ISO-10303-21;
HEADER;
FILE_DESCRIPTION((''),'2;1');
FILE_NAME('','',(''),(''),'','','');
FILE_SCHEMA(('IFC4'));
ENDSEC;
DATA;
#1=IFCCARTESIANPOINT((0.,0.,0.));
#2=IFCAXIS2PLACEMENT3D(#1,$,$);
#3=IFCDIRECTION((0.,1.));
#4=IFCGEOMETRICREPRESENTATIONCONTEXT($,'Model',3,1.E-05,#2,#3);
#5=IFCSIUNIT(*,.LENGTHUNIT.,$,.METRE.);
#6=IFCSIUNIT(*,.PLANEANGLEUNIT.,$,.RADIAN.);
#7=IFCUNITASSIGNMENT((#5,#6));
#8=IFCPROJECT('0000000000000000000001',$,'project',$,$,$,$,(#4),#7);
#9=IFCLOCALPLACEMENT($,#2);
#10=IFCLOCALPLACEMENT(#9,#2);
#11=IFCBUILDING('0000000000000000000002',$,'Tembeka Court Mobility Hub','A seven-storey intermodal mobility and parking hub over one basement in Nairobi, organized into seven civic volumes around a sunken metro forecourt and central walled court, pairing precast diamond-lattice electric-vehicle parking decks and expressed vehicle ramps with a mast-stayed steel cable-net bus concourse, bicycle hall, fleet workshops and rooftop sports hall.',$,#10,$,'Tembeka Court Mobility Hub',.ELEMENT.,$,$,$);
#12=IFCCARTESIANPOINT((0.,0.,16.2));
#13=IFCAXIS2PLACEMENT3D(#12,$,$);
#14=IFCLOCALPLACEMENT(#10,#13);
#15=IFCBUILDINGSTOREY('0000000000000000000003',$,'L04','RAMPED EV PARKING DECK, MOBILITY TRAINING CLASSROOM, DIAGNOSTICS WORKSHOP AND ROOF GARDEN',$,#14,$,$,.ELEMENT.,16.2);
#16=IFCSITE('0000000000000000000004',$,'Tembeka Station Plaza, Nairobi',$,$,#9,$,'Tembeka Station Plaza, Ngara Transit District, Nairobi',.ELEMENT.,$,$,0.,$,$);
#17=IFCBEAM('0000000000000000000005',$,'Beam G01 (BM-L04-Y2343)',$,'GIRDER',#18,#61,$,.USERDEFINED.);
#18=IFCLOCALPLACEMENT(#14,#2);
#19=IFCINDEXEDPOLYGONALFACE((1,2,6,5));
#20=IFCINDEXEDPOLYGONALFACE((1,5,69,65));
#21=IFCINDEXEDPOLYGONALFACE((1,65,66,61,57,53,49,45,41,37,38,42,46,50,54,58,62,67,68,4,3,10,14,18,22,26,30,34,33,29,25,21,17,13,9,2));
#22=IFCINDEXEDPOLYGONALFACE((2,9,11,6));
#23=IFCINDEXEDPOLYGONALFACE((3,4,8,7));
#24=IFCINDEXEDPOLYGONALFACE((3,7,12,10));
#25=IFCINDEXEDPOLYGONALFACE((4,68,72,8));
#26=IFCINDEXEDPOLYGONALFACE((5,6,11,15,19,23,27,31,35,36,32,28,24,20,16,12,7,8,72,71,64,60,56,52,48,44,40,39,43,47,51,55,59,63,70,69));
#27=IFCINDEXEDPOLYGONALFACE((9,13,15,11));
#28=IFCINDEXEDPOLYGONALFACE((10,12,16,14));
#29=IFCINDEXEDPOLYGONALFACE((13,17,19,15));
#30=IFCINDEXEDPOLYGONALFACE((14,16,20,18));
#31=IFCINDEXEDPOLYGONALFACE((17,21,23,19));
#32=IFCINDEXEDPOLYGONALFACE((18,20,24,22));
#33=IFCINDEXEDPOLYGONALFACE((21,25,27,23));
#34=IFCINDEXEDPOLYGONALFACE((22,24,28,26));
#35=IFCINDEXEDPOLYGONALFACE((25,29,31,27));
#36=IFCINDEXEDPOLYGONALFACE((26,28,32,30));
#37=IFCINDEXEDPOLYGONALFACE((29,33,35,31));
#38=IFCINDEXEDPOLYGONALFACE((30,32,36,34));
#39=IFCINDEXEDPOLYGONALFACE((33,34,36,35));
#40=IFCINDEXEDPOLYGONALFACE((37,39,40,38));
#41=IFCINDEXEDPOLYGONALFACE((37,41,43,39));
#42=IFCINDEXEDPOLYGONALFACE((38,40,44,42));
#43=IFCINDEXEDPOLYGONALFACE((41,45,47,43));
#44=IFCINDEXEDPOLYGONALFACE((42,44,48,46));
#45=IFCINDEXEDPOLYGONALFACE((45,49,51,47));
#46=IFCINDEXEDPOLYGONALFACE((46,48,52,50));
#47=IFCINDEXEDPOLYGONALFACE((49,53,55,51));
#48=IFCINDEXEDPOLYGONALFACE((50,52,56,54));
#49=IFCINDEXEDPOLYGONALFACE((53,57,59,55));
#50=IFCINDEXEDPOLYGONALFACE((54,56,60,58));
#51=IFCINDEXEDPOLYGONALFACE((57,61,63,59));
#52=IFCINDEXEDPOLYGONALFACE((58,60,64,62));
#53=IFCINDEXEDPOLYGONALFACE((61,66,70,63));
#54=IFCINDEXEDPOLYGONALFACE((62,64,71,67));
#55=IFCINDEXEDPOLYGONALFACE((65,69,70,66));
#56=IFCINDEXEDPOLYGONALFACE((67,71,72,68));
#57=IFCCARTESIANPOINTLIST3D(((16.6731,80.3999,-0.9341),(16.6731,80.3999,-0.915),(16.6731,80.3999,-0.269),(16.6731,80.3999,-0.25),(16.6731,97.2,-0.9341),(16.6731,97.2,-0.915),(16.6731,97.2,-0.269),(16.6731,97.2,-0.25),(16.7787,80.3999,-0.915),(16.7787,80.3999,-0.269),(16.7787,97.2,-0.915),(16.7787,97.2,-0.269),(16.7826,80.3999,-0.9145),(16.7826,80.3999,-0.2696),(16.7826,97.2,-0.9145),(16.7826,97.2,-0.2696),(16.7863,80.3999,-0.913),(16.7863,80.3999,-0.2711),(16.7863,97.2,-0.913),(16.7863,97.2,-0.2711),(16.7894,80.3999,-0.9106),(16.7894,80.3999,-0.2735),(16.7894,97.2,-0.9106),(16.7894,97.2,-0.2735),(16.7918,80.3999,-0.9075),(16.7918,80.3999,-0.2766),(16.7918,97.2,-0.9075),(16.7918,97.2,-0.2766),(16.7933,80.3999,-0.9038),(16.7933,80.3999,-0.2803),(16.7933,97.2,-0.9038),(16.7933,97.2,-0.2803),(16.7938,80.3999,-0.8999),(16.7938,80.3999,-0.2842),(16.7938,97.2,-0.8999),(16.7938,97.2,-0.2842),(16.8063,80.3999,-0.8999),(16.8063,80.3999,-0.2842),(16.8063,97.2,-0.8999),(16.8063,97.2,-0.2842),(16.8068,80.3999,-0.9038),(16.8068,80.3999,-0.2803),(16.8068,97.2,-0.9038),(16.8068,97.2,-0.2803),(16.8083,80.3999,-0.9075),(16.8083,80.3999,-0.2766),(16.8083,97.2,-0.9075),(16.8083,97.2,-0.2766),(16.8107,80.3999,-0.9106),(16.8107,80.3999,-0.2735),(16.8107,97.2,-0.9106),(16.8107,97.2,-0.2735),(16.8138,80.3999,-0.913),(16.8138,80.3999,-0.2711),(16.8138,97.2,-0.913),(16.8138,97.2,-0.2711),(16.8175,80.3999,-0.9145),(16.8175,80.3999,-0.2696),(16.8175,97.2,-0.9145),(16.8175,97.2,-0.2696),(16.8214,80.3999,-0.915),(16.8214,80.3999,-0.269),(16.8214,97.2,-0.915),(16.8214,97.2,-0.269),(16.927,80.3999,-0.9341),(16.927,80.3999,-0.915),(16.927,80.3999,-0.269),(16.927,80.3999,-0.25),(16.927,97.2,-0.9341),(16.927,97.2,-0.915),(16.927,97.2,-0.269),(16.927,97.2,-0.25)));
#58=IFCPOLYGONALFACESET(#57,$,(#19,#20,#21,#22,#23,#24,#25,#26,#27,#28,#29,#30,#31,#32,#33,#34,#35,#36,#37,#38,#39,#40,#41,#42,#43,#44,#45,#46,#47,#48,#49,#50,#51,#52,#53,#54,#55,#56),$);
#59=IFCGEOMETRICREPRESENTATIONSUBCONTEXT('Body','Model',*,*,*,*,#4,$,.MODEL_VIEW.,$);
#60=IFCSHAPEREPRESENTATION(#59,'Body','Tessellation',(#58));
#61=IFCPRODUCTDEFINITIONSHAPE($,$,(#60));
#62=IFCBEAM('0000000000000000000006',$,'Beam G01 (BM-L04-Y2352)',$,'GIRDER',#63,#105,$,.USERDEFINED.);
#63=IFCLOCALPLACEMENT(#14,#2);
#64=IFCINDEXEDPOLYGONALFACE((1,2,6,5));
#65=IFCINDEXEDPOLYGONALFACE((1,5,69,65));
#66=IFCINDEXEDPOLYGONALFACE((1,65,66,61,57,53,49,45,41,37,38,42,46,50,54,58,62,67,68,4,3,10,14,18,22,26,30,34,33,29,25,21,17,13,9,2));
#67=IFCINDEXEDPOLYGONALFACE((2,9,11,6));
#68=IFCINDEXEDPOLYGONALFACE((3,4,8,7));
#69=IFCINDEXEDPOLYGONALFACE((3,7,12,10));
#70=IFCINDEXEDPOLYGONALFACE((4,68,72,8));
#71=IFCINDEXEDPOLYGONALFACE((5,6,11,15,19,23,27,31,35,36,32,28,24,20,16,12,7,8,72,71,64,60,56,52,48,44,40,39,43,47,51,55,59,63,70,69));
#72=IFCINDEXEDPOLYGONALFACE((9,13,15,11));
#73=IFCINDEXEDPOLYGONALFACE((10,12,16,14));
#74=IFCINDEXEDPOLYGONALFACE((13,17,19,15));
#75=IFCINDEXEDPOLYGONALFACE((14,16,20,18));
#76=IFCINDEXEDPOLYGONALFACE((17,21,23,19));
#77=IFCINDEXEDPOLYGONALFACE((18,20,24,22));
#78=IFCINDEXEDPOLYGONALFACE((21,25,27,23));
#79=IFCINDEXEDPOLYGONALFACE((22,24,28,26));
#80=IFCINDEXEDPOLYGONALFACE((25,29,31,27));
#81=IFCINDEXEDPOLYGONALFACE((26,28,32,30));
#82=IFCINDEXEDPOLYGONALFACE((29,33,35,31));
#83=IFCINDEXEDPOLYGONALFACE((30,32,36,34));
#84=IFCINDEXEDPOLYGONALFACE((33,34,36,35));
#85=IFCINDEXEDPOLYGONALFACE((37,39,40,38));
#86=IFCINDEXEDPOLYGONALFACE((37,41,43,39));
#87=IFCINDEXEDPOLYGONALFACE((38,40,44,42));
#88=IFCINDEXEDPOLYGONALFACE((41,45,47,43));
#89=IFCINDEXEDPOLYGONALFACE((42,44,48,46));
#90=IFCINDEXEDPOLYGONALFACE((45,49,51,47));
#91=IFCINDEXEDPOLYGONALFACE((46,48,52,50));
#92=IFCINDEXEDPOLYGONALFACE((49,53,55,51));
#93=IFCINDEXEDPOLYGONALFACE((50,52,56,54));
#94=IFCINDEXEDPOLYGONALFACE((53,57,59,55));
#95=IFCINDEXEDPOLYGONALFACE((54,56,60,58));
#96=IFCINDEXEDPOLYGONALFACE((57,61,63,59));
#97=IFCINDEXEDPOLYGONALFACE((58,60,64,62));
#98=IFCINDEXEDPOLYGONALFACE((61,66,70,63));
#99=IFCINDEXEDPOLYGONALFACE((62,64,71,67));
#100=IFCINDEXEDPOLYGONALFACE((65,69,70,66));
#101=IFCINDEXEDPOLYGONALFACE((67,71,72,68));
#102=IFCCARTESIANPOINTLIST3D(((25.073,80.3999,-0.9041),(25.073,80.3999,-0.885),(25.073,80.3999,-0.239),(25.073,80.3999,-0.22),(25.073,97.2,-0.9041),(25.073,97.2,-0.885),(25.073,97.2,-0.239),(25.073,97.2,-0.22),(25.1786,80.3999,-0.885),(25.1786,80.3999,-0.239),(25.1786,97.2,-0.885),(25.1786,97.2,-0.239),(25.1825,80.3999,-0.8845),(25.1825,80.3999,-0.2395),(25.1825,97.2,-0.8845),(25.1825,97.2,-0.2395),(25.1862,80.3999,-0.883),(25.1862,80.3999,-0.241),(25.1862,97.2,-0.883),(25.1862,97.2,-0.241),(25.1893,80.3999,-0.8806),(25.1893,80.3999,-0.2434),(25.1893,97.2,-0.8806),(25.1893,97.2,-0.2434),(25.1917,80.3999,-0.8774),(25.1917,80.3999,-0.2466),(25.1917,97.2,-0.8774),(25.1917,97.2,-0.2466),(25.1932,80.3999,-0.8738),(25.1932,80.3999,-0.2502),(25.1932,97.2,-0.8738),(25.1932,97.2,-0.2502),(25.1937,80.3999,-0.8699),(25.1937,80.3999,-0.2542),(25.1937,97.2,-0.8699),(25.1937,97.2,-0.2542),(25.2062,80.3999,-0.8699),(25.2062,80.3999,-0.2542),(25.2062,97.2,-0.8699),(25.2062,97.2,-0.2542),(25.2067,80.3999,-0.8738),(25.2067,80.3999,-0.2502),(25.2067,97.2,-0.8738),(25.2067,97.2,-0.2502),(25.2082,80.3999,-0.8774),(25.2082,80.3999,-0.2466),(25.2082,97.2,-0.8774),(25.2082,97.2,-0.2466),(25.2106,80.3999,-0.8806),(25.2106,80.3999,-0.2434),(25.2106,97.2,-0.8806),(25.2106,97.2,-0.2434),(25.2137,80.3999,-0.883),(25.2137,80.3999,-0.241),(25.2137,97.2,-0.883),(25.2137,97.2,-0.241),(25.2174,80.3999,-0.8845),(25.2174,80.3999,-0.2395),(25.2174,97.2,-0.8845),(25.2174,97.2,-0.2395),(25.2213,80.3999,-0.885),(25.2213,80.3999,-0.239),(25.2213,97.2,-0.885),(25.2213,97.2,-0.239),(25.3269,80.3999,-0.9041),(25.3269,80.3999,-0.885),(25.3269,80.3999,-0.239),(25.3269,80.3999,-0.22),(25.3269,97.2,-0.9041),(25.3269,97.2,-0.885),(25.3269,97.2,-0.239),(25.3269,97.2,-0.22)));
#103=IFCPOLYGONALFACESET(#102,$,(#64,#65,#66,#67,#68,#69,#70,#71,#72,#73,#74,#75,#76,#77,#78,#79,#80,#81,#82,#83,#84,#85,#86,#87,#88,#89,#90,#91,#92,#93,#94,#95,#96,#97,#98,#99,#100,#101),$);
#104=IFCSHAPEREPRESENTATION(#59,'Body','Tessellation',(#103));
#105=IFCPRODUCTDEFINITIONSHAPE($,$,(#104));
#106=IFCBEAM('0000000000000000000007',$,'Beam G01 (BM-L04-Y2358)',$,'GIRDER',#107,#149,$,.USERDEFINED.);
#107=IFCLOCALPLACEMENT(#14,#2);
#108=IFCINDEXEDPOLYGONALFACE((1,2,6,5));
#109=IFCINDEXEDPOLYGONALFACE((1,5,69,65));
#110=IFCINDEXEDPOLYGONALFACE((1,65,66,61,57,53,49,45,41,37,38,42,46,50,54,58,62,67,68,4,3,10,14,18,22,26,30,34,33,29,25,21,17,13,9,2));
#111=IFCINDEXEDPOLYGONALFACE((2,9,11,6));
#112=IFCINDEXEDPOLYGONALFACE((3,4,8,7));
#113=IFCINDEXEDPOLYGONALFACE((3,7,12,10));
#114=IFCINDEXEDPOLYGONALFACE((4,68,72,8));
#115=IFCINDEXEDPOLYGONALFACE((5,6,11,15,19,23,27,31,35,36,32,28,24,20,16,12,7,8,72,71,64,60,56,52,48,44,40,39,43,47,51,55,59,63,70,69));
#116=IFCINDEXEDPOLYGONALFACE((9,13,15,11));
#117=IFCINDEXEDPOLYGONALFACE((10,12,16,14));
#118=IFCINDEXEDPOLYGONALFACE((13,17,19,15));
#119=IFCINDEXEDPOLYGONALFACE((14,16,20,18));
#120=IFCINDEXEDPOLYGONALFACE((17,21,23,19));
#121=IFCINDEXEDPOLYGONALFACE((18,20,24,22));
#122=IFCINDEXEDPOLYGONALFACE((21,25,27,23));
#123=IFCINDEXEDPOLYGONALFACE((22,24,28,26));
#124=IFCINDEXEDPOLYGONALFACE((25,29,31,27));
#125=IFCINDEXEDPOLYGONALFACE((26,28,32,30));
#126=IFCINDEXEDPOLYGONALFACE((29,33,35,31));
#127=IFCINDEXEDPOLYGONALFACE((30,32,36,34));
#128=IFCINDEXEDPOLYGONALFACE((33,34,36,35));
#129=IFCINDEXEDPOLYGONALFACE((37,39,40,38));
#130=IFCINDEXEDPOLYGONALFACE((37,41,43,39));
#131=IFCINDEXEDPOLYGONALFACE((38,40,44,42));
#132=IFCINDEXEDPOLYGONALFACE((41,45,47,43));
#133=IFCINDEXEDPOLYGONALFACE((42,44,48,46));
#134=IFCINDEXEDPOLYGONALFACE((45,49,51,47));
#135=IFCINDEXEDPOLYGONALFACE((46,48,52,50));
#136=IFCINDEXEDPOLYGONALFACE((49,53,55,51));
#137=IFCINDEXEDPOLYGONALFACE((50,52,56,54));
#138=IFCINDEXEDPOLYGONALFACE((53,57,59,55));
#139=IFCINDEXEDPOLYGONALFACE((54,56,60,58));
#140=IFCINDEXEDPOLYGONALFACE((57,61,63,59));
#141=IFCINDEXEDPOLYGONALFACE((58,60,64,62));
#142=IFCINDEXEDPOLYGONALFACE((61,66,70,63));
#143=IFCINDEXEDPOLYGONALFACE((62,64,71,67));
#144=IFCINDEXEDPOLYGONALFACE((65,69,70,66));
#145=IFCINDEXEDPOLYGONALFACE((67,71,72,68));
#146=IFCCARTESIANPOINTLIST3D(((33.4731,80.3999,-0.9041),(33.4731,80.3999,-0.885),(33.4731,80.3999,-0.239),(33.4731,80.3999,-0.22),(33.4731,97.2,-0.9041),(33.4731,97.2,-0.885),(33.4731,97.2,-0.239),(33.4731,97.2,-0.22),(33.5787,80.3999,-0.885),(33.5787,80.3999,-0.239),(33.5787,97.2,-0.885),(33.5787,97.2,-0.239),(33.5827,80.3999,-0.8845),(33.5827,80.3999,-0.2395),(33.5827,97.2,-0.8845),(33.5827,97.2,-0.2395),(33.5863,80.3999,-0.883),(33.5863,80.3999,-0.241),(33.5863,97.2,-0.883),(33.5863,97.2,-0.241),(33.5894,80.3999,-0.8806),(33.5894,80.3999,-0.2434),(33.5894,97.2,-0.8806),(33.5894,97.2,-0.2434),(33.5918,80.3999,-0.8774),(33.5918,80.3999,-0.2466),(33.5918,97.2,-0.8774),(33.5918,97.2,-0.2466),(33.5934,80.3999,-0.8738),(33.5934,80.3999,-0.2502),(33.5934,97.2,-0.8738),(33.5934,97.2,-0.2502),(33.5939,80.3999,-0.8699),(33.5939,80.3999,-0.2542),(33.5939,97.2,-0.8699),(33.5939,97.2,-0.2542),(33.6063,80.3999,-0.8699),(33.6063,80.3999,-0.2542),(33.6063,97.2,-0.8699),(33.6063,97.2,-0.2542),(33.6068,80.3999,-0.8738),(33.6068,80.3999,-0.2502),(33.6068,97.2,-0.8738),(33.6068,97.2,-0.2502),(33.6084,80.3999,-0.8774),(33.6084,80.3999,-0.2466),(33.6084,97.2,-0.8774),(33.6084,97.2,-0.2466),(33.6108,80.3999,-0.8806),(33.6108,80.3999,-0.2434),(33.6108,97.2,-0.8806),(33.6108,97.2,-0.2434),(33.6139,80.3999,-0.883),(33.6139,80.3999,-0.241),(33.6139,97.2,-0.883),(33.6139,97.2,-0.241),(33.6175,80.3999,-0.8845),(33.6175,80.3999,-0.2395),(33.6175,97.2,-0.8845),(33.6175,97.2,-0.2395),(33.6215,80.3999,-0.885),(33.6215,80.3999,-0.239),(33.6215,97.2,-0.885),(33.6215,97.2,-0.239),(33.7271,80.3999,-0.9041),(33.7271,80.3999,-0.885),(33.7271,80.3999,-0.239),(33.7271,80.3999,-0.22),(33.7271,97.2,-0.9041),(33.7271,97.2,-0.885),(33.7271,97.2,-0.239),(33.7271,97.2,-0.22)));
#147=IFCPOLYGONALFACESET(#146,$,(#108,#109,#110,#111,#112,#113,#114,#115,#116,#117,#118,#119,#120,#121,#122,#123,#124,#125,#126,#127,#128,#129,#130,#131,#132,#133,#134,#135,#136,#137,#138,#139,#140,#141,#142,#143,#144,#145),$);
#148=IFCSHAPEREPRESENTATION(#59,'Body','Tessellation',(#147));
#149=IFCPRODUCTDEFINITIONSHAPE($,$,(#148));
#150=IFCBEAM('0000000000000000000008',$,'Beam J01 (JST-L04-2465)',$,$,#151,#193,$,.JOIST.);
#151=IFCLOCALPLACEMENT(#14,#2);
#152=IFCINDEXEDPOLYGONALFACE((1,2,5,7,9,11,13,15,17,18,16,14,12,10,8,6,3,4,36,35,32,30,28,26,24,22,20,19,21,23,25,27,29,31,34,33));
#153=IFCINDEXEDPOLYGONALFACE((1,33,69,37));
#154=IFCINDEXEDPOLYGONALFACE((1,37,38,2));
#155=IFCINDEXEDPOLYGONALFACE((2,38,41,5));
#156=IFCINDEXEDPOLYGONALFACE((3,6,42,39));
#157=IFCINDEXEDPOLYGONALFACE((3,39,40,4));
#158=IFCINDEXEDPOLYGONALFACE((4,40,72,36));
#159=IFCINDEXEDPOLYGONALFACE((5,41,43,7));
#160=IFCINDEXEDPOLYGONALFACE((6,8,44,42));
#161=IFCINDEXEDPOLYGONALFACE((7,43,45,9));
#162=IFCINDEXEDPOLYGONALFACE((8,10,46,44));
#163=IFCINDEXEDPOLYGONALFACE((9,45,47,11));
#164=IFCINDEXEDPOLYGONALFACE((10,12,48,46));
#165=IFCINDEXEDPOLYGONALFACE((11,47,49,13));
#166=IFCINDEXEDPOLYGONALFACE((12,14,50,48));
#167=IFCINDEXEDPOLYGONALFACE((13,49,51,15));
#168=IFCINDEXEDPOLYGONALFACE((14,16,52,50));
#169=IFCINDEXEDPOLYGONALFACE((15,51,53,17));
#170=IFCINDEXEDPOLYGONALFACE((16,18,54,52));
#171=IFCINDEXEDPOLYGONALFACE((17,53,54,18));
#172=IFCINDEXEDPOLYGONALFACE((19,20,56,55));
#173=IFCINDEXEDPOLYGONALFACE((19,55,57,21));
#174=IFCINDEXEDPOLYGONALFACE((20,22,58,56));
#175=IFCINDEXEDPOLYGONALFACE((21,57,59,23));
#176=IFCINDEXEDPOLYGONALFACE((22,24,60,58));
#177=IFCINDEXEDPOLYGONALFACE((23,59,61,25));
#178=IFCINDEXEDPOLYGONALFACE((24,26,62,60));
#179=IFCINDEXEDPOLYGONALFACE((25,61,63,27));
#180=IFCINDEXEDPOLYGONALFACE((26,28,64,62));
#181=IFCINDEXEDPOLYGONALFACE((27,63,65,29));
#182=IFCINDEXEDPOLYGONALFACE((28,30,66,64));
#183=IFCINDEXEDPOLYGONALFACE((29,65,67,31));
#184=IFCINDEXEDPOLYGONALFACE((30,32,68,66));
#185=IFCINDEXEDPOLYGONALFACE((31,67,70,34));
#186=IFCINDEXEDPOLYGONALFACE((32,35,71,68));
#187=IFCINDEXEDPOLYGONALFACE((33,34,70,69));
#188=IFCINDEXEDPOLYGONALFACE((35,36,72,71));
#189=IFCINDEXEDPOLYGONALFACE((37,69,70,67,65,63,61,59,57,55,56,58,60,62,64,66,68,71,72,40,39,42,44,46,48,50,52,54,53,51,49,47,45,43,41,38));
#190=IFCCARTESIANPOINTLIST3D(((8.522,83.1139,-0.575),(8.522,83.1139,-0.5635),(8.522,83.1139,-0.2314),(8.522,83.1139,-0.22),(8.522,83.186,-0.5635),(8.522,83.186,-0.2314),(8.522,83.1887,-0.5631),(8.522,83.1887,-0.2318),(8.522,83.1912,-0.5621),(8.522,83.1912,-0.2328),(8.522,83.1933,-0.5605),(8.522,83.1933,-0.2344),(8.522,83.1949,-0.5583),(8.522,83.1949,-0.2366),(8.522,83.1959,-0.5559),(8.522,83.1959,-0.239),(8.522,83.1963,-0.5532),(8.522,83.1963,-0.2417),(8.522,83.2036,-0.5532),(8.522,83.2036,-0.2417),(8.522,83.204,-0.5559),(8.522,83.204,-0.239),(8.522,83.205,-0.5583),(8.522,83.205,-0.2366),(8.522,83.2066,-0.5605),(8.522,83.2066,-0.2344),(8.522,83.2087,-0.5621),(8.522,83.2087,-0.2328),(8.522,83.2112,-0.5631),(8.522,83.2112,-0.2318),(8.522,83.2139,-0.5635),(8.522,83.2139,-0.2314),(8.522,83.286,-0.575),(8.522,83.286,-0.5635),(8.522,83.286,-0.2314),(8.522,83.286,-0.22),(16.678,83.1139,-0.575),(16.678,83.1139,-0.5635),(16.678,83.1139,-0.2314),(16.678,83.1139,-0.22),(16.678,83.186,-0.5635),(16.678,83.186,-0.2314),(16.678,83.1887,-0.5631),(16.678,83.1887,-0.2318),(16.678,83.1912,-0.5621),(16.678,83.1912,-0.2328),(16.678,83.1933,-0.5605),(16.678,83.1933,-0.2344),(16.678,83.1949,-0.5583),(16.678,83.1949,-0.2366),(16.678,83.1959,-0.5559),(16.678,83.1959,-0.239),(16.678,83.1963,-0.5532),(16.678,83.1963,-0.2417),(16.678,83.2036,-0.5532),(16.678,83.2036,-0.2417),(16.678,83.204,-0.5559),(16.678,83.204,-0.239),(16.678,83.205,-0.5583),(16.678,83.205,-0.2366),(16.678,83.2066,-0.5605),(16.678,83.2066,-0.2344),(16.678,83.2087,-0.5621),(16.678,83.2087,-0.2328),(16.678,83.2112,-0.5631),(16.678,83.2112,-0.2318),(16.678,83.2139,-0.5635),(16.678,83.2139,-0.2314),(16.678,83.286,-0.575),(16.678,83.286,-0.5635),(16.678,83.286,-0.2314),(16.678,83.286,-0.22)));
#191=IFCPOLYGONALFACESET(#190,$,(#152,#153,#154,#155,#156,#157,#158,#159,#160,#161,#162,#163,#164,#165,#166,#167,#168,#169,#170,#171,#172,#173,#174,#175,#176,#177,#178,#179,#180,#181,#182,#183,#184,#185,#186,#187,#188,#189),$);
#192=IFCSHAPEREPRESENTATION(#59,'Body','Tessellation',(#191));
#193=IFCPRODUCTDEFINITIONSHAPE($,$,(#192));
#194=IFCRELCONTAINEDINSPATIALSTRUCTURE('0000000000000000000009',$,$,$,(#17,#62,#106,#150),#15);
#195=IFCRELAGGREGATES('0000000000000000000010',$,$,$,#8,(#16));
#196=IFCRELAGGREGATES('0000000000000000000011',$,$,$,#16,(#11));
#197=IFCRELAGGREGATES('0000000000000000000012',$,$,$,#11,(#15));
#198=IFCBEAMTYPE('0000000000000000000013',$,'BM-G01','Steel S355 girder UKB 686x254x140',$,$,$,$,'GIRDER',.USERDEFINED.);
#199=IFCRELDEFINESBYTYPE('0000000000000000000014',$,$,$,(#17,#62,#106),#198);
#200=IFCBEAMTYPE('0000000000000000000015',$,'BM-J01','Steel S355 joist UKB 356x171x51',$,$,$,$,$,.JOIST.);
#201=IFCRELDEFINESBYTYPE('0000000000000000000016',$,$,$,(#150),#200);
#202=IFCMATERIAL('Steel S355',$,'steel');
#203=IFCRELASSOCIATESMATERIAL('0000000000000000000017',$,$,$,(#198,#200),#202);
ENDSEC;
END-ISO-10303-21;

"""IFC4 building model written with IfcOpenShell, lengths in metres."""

from ifc_helpers import new_model, si_unit, direction, frame, origin, origin_2d, place, context, subcontext, project, spatial, i_section, extrude, material, material_profile, profile_set, type_object, element, save


model = new_model("IFC4")

# Units and contexts
model_context = context("Model", 3, precision=1e-05, world=origin(), true_north=direction((0.0, 1.0)))
body_context = subcontext(model_context, "Body", "Model", "MODEL_VIEW")
ifc_project = project(units=[si_unit("LENGTHUNIT", "METRE"), si_unit("PLANEANGLEUNIT", "RADIAN")], contexts=[model_context])

# Site, building, storey
site_placement = place(None, origin())
site = spatial("IfcSite", under=ifc_project, at=site_placement, Name="Tembeka Station Plaza, Nairobi", LongName="Tembeka Station Plaza, Ngara Transit District, Nairobi", CompositionType="ELEMENT", RefElevation=0.0)
building_placement = place(site_placement, origin())
building = spatial("IfcBuilding", under=site, at=building_placement, Name="Tembeka Court Mobility Hub", Description="A seven-storey intermodal mobility and parking hub over one basement in Nairobi, organized into seven civic volumes around a sunken metro forecourt and central walled court, pairing precast diamond-lattice electric-vehicle parking decks and expressed vehicle ramps with a mast-stayed steel cable-net bus concourse, bicycle hall, fleet workshops and rooftop sports hall.", LongName="Tembeka Court Mobility Hub", CompositionType="ELEMENT")
storey_placement = place(building_placement, frame((0.0, 0.0, 16.2)))
storey = spatial("IfcBuildingStorey", under=building, at=storey_placement, Name="L04", Description="RAMPED EV PARKING DECK, MOBILITY TRAINING CLASSROOM, DIAGNOSTICS WORKSHOP AND ROOF GARDEN", CompositionType="ELEMENT", Elevation=16.2)

# Shared definitions
ifc_material = material(Name="Steel S355", Category="steel")

# Beams
ifc_material_profile_1 = material_profile(ifc_material, i_section(OverallWidth=0.2539, OverallDepth=0.6841, WebThickness=0.0125, FlangeThickness=0.019, FilletRadius=0.0151, at=origin_2d()), Name="UKB 686x254x140")
ifc_profile_set_1 = profile_set([ifc_material_profile_1], Name="Steel S355")
beam_type_1 = type_object("IfcBeamType", Name="BM-G01", Description="Steel S355 girder UKB 686x254x140", ElementType="GIRDER", PredefinedType="USERDEFINED", material=ifc_profile_set_1)
for number, where, z_axis, x_axis, name in (
    (1, (16.8, 80.3999, -0.592), (0.0, 1.0, 0.0), (-1.0, 0.0, 0.0), "Beam G01 (BM-L04-Y2343)"),
    (2, (25.2, 80.3999, -0.562), (0.0, 1.0, 0.0), (-1.0, 0.0, 0.0), "Beam G01 (BM-L04-Y2352)"),
    (3, (33.6001, 80.3999, -0.562), (0.0, 1.0, 0.0), (-1.0, 0.0, 0.0), "Beam G01 (BM-L04-Y2358)"),
):
    element("IfcBeam", number, at=place(storey_placement, frame(where, z_axis=z_axis, x_axis=x_axis)), inside=storey, type_object=beam_type_1, Name=name, ObjectType="GIRDER", PredefinedType="USERDEFINED", context=body_context, shape_type="SweptSolid", body=[
        extrude(i_section(OverallWidth=0.2539, OverallDepth=0.6841, WebThickness=0.0125, FlangeThickness=0.019, FilletRadius=0.0151, at=origin_2d()), origin(), (0.0, 0.0, 1.0), 16.8),
    ])
ifc_material_profile_2 = material_profile(ifc_material, i_section(OverallWidth=0.1721, OverallDepth=0.355, WebThickness=0.0073, FlangeThickness=0.0115, FilletRadius=0.0103, at=origin_2d()), Name="UKB 356x171x51")
ifc_profile_set_2 = profile_set([ifc_material_profile_2], Name="Steel S355")
beam_type_2 = type_object("IfcBeamType", Name="BM-J01", Description="Steel S355 joist UKB 356x171x51", PredefinedType="JOIST", material=ifc_profile_set_2)
for number, where, z_axis, x_axis, name in (
    (4, (8.522, 83.2, -0.3975), (1.0, 0.0, 0.0), (0.0, 1.0, 0.0), "Beam J01 (JST-L04-2465)"),
):
    element("IfcBeam", number, at=place(storey_placement, frame(where, z_axis=z_axis, x_axis=x_axis)), inside=storey, type_object=beam_type_2, Name=name, PredefinedType="JOIST", context=body_context, shape_type="SweptSolid", body=[
        extrude(i_section(OverallWidth=0.1721, OverallDepth=0.355, WebThickness=0.0073, FlangeThickness=0.0115, FilletRadius=0.0103, at=origin_2d()), origin(), (0.0, 0.0, 1.0), 8.156),
    ])

save(model, "model.ifc")
